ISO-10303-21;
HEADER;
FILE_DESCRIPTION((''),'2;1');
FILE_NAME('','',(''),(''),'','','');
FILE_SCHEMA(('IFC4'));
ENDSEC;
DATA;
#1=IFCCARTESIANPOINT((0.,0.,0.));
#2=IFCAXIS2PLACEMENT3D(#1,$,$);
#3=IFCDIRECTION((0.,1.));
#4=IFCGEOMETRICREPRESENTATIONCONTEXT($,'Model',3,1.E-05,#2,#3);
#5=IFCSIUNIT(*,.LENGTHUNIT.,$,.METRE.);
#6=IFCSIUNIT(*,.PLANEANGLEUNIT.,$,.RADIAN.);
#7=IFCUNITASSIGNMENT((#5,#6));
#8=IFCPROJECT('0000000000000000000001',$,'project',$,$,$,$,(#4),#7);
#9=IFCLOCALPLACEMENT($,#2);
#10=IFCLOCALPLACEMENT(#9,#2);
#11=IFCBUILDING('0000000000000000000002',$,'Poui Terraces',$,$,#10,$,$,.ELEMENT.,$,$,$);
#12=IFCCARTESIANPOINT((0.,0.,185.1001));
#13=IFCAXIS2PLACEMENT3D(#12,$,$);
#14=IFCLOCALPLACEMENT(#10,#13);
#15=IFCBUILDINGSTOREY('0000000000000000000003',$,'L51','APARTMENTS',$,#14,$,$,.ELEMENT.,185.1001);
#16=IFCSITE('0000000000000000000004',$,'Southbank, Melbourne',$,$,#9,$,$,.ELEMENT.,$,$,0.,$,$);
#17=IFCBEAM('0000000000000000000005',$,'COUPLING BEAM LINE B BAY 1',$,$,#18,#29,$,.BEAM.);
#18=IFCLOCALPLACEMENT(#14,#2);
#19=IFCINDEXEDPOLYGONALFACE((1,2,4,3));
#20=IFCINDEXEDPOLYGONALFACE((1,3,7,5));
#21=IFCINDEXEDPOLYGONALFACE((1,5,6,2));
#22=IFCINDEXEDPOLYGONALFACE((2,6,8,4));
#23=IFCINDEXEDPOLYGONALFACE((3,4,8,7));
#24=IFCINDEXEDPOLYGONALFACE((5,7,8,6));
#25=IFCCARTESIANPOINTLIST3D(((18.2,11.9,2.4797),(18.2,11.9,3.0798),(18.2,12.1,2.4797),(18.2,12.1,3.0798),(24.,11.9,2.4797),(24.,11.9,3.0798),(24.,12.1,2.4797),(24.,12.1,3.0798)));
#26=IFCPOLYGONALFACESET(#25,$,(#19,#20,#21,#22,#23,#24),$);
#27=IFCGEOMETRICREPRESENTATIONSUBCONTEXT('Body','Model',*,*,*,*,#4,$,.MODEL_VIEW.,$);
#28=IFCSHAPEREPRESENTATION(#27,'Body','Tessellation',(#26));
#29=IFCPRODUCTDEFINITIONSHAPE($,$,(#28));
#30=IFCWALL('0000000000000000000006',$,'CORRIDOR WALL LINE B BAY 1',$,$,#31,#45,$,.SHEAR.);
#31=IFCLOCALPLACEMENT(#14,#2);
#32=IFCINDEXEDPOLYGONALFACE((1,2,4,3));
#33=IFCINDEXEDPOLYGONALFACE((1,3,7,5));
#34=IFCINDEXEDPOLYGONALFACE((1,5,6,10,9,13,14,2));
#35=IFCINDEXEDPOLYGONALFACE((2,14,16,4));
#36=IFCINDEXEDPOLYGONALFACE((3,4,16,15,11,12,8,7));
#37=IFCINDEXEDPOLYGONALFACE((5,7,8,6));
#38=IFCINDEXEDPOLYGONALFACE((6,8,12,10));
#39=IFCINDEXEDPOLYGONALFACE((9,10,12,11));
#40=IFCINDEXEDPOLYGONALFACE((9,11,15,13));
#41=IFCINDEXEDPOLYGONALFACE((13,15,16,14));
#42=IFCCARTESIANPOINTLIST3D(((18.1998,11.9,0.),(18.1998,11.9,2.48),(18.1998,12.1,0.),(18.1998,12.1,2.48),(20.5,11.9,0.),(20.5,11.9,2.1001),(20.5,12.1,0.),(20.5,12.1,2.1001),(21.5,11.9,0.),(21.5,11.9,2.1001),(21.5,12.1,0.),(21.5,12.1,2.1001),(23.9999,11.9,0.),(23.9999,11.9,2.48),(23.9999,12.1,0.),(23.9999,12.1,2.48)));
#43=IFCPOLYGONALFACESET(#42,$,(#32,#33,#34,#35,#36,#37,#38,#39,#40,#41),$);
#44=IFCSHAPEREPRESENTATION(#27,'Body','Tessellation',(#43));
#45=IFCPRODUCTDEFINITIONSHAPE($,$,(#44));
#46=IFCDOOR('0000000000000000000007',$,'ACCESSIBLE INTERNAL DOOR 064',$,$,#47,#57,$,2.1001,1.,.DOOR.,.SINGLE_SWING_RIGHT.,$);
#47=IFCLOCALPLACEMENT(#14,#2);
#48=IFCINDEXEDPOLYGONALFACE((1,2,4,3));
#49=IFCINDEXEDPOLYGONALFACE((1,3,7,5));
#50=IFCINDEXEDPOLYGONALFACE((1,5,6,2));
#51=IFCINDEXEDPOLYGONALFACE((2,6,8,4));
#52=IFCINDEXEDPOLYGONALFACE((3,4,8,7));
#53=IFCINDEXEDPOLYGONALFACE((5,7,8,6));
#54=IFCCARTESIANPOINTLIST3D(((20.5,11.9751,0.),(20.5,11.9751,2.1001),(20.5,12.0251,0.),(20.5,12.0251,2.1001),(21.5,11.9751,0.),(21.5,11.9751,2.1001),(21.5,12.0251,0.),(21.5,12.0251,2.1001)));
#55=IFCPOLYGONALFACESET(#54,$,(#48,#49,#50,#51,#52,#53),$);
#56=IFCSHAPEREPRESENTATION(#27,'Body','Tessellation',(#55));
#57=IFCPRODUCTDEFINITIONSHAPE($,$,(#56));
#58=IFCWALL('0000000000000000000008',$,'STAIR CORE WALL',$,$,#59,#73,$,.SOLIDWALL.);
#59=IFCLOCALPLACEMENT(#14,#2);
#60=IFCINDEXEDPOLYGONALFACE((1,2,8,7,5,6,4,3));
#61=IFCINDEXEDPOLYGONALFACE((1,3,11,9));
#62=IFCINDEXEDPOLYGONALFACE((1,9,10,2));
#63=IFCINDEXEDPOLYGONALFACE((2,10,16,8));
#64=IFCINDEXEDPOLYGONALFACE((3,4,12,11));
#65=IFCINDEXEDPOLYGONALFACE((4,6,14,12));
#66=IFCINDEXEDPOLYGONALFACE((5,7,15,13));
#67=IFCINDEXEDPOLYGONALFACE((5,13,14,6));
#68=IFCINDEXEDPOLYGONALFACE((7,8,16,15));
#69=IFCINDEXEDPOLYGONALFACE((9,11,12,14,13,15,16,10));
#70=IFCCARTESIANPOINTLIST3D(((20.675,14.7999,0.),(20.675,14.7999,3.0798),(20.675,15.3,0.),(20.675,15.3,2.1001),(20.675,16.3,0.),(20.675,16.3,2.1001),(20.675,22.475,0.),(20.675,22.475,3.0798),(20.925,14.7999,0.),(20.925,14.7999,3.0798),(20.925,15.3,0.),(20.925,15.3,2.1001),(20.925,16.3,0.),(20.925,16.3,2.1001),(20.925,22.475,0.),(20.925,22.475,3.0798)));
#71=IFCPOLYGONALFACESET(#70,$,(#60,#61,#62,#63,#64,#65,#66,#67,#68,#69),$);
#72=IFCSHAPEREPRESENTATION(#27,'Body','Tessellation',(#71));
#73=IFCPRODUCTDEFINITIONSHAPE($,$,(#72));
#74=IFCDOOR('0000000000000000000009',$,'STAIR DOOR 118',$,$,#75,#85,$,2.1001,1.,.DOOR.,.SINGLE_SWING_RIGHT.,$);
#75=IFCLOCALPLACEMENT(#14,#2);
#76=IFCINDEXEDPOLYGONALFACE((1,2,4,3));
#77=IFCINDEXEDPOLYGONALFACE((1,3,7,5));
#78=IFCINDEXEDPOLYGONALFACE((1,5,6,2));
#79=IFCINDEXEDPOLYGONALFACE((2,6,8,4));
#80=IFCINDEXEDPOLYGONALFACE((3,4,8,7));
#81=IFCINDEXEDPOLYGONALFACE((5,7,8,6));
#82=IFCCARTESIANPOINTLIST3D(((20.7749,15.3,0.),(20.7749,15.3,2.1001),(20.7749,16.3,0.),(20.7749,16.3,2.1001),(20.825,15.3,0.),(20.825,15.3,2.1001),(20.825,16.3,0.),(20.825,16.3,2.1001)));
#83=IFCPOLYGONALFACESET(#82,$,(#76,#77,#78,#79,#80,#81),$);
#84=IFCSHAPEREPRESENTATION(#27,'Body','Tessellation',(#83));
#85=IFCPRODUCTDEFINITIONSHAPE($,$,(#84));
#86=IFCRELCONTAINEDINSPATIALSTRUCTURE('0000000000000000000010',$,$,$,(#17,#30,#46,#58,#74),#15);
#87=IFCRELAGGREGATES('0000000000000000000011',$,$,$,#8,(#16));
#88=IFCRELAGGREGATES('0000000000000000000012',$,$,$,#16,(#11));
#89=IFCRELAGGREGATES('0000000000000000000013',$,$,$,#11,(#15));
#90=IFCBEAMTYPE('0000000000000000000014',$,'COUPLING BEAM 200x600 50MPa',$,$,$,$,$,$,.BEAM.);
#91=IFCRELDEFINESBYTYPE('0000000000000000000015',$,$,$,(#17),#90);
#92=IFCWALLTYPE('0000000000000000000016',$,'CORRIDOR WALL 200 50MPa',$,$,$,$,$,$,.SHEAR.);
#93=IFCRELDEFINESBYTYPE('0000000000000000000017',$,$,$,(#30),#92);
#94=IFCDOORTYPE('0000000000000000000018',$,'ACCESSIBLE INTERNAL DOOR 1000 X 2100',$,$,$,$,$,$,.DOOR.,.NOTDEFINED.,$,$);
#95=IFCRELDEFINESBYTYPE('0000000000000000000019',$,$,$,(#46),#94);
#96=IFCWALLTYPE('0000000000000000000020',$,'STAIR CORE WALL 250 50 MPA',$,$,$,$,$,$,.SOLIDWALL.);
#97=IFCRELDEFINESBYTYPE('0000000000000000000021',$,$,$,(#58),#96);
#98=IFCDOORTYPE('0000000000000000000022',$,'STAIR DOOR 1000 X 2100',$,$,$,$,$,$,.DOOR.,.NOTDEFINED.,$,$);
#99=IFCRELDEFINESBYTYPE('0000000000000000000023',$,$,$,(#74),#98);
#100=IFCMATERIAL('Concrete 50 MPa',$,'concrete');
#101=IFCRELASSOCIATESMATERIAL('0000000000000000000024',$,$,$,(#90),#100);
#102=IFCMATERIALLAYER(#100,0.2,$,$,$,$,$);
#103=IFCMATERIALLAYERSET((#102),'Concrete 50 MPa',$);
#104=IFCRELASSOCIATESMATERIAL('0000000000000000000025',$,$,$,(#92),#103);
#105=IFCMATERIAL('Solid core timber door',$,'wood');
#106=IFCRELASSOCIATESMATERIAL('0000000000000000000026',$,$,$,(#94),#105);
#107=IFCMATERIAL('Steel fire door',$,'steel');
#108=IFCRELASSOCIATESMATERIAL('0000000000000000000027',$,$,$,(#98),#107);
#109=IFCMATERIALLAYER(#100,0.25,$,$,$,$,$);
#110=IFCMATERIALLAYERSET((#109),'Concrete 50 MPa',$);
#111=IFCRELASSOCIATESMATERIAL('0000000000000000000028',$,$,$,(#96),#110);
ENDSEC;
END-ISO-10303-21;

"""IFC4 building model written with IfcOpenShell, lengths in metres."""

from ifc_helpers import new_model, si_unit, direction, frame, frame_2d, origin, origin_2d, place, context, subcontext, project, spatial, rectangle, extrude, source, transform, mapped, material, layer, layer_set, material_profile, profile_set, type_object, element, fill, save


model = new_model("IFC4")

# Units and contexts
model_context = context("Model", 3, precision=1e-05, world=origin(), true_north=direction((0.0, 1.0)))
body_context = subcontext(model_context, "Body", "Model", "MODEL_VIEW")
ifc_project = project(units=[si_unit("LENGTHUNIT", "METRE"), si_unit("PLANEANGLEUNIT", "RADIAN")], contexts=[model_context])

# Site, building, storey
site_placement = place(None, origin())
site = spatial("IfcSite", under=ifc_project, at=site_placement, Name="Southbank, Melbourne", CompositionType="ELEMENT", RefElevation=0.0)
building_placement = place(site_placement, origin())
building = spatial("IfcBuilding", under=site, at=building_placement, Name="Poui Terraces", CompositionType="ELEMENT")
storey_placement = place(building_placement, frame((0.0, 0.0, 185.1001)))
storey = spatial("IfcBuildingStorey", under=building, at=storey_placement, Name="L51", Description="APARTMENTS", CompositionType="ELEMENT", Elevation=185.1001)

# Beam
ifc_material_1 = material(Name="Concrete 50 MPa", Category="concrete")
ifc_material_profile = material_profile(ifc_material_1, rectangle(XDim=0.2, YDim=0.6001, at=origin_2d()), Name="RC 200x600")
ifc_profile_set = profile_set([ifc_material_profile], Name="Concrete 50 MPa")
beam_type = type_object("IfcBeamType", Name="COUPLING BEAM 200x600 50MPa", PredefinedType="BEAM", material=ifc_profile_set)
shared_shape = source(origin(), body_context, "Body", "SweptSolid", [
    extrude(rectangle(XDim=0.2, YDim=0.6001, at=origin_2d()), origin(), (0.0, 0.0, 1.0), 5.8),
])
beam_placement = place(storey_placement, frame((18.2, 12.0, 2.7798), z_axis=(1.0, 0.0, 0.0), x_axis=(0.0, 1.0, 0.0)))
element("IfcBeam", 1, at=beam_placement, inside=storey, type_object=beam_type, Name="COUPLING BEAM LINE B BAY 1", PredefinedType="BEAM", context=body_context, shape_type="MappedRepresentation", body=[
    mapped(shared_shape, transform((0.0, 0.0, 0.0))),
])

# Wall, opening, door
ifc_layer_1 = layer(ifc_material_1, 0.2)
ifc_layer_set_1 = layer_set([ifc_layer_1], Name="Concrete 50 MPa")
wall_type_1 = type_object("IfcWallType", Name="CORRIDOR WALL 200 50MPa", PredefinedType="SHEAR", material=ifc_layer_set_1)
wall_1_placement = place(storey_placement, frame((18.2, 12.0, 0.0), z_axis=(0.0, 0.0, 1.0), x_axis=(1.0, 0.0, 0.0)))
wall_1 = element("IfcWall", 2, at=wall_1_placement, inside=storey, type_object=wall_type_1, Name="CORRIDOR WALL LINE B BAY 1", PredefinedType="SHEAR", context=body_context, shape_type="SweptSolid", body=[
    extrude(rectangle(XDim=5.8, YDim=0.2, at=frame_2d((2.8999, 0.0))), origin(), (0.0, 0.0, 1.0), 2.48),
])
opening_1_placement = place(wall_1_placement, frame((2.3, 0.0, 0.0)))
opening_1 = element("IfcOpeningElement", 3, at=opening_1_placement, cuts=wall_1, PredefinedType="OPENING", context=body_context, shape_type="SweptSolid", body=[
    extrude(rectangle(XDim=1.0, YDim=2.1001, at=frame_2d((0.5, 1.05))), frame((0.0, 0.1099, 0.0), z_axis=(0.0, -1.0, 0.0), x_axis=(1.0, 0.0, 0.0)), (0.0, 0.0, 1.0), 0.22),
])
ifc_material_2 = material(Name="Solid core timber door", Category="wood")
door_type_1 = type_object("IfcDoorType", Name="ACCESSIBLE INTERNAL DOOR 1000 X 2100", OperationType="NOTDEFINED", PredefinedType="DOOR", material=ifc_material_2)
door_1_placement = place(opening_1_placement, frame((1.0, 0.0, 0.0), z_axis=(0.0, 0.0, 1.0), x_axis=(-1.0, 0.0, 0.0)))
door_1 = element("IfcDoor", 4, at=door_1_placement, inside=storey, type_object=door_type_1, Name="ACCESSIBLE INTERNAL DOOR 064", OperationType="SINGLE_SWING_RIGHT", OverallHeight=2.1001, OverallWidth=1.0, PredefinedType="DOOR", context=body_context, shape_type="SweptSolid", body=[
    extrude(rectangle(XDim=1.0, YDim=2.1001, at=frame_2d((0.5, 1.05))), frame((0.0, 0.0249, 0.0), z_axis=(0.0, -1.0, 0.0), x_axis=(1.0, 0.0, 0.0)), (0.0, 0.0, 1.0), 0.05),
])
fill(opening_1, door_1)

# Shared definitions
ifc_material_3 = material(Name="Steel fire door", Category="steel")
door_type_2 = type_object("IfcDoorType", Name="STAIR DOOR 1000 X 2100", OperationType="NOTDEFINED", PredefinedType="DOOR", material=ifc_material_3)

# Wall, opening, door
ifc_layer_2 = layer(ifc_material_1, 0.25)
ifc_layer_set_2 = layer_set([ifc_layer_2], Name="Concrete 50 MPa")
wall_type_2 = type_object("IfcWallType", Name="STAIR CORE WALL 250 50 MPA", PredefinedType="SOLIDWALL", material=ifc_layer_set_2)
wall_2_placement = place(storey_placement, frame((20.8, 14.8, 0.0), z_axis=(0.0, 0.0, 1.0), x_axis=(0.0, 1.0, 0.0)))
wall_2 = element("IfcWall", 5, at=wall_2_placement, inside=storey, type_object=wall_type_2, Name="STAIR CORE WALL", PredefinedType="SOLIDWALL", context=body_context, shape_type="SweptSolid", body=[
    extrude(rectangle(XDim=7.675, YDim=0.25, at=frame_2d((3.8374, 0.0))), origin(), (0.0, 0.0, 1.0), 3.0798),
])
opening_2_placement = place(wall_2_placement, frame((0.5, 0.0, 0.0)))
opening_2 = element("IfcOpeningElement", 6, at=opening_2_placement, cuts=wall_2, PredefinedType="OPENING", context=body_context, shape_type="SweptSolid", body=[
    extrude(rectangle(XDim=1.0, YDim=2.1001, at=frame_2d((0.5, 1.05))), frame((0.0, 0.135, 0.0), z_axis=(0.0, -1.0, 0.0), x_axis=(1.0, 0.0, 0.0)), (0.0, 0.0, 1.0), 0.27),
])
door_2_placement = place(opening_2_placement, frame((1.0, 0.0, 0.0), z_axis=(0.0, 0.0, 1.0), x_axis=(-1.0, 0.0, 0.0)))
door_2 = element("IfcDoor", 7, at=door_2_placement, inside=storey, type_object=door_type_2, Name="STAIR DOOR 118", OperationType="SINGLE_SWING_RIGHT", OverallHeight=2.1001, OverallWidth=1.0, PredefinedType="DOOR", context=body_context, shape_type="SweptSolid", body=[
    extrude(rectangle(XDim=1.0, YDim=2.1001, at=frame_2d((0.5, 1.05))), frame((0.0, 0.0249, 0.0), z_axis=(0.0, -1.0, 0.0), x_axis=(1.0, 0.0, 0.0)), (0.0, 0.0, 1.0), 0.05),
])
fill(opening_2, door_2)

save(model, "model.ifc")
